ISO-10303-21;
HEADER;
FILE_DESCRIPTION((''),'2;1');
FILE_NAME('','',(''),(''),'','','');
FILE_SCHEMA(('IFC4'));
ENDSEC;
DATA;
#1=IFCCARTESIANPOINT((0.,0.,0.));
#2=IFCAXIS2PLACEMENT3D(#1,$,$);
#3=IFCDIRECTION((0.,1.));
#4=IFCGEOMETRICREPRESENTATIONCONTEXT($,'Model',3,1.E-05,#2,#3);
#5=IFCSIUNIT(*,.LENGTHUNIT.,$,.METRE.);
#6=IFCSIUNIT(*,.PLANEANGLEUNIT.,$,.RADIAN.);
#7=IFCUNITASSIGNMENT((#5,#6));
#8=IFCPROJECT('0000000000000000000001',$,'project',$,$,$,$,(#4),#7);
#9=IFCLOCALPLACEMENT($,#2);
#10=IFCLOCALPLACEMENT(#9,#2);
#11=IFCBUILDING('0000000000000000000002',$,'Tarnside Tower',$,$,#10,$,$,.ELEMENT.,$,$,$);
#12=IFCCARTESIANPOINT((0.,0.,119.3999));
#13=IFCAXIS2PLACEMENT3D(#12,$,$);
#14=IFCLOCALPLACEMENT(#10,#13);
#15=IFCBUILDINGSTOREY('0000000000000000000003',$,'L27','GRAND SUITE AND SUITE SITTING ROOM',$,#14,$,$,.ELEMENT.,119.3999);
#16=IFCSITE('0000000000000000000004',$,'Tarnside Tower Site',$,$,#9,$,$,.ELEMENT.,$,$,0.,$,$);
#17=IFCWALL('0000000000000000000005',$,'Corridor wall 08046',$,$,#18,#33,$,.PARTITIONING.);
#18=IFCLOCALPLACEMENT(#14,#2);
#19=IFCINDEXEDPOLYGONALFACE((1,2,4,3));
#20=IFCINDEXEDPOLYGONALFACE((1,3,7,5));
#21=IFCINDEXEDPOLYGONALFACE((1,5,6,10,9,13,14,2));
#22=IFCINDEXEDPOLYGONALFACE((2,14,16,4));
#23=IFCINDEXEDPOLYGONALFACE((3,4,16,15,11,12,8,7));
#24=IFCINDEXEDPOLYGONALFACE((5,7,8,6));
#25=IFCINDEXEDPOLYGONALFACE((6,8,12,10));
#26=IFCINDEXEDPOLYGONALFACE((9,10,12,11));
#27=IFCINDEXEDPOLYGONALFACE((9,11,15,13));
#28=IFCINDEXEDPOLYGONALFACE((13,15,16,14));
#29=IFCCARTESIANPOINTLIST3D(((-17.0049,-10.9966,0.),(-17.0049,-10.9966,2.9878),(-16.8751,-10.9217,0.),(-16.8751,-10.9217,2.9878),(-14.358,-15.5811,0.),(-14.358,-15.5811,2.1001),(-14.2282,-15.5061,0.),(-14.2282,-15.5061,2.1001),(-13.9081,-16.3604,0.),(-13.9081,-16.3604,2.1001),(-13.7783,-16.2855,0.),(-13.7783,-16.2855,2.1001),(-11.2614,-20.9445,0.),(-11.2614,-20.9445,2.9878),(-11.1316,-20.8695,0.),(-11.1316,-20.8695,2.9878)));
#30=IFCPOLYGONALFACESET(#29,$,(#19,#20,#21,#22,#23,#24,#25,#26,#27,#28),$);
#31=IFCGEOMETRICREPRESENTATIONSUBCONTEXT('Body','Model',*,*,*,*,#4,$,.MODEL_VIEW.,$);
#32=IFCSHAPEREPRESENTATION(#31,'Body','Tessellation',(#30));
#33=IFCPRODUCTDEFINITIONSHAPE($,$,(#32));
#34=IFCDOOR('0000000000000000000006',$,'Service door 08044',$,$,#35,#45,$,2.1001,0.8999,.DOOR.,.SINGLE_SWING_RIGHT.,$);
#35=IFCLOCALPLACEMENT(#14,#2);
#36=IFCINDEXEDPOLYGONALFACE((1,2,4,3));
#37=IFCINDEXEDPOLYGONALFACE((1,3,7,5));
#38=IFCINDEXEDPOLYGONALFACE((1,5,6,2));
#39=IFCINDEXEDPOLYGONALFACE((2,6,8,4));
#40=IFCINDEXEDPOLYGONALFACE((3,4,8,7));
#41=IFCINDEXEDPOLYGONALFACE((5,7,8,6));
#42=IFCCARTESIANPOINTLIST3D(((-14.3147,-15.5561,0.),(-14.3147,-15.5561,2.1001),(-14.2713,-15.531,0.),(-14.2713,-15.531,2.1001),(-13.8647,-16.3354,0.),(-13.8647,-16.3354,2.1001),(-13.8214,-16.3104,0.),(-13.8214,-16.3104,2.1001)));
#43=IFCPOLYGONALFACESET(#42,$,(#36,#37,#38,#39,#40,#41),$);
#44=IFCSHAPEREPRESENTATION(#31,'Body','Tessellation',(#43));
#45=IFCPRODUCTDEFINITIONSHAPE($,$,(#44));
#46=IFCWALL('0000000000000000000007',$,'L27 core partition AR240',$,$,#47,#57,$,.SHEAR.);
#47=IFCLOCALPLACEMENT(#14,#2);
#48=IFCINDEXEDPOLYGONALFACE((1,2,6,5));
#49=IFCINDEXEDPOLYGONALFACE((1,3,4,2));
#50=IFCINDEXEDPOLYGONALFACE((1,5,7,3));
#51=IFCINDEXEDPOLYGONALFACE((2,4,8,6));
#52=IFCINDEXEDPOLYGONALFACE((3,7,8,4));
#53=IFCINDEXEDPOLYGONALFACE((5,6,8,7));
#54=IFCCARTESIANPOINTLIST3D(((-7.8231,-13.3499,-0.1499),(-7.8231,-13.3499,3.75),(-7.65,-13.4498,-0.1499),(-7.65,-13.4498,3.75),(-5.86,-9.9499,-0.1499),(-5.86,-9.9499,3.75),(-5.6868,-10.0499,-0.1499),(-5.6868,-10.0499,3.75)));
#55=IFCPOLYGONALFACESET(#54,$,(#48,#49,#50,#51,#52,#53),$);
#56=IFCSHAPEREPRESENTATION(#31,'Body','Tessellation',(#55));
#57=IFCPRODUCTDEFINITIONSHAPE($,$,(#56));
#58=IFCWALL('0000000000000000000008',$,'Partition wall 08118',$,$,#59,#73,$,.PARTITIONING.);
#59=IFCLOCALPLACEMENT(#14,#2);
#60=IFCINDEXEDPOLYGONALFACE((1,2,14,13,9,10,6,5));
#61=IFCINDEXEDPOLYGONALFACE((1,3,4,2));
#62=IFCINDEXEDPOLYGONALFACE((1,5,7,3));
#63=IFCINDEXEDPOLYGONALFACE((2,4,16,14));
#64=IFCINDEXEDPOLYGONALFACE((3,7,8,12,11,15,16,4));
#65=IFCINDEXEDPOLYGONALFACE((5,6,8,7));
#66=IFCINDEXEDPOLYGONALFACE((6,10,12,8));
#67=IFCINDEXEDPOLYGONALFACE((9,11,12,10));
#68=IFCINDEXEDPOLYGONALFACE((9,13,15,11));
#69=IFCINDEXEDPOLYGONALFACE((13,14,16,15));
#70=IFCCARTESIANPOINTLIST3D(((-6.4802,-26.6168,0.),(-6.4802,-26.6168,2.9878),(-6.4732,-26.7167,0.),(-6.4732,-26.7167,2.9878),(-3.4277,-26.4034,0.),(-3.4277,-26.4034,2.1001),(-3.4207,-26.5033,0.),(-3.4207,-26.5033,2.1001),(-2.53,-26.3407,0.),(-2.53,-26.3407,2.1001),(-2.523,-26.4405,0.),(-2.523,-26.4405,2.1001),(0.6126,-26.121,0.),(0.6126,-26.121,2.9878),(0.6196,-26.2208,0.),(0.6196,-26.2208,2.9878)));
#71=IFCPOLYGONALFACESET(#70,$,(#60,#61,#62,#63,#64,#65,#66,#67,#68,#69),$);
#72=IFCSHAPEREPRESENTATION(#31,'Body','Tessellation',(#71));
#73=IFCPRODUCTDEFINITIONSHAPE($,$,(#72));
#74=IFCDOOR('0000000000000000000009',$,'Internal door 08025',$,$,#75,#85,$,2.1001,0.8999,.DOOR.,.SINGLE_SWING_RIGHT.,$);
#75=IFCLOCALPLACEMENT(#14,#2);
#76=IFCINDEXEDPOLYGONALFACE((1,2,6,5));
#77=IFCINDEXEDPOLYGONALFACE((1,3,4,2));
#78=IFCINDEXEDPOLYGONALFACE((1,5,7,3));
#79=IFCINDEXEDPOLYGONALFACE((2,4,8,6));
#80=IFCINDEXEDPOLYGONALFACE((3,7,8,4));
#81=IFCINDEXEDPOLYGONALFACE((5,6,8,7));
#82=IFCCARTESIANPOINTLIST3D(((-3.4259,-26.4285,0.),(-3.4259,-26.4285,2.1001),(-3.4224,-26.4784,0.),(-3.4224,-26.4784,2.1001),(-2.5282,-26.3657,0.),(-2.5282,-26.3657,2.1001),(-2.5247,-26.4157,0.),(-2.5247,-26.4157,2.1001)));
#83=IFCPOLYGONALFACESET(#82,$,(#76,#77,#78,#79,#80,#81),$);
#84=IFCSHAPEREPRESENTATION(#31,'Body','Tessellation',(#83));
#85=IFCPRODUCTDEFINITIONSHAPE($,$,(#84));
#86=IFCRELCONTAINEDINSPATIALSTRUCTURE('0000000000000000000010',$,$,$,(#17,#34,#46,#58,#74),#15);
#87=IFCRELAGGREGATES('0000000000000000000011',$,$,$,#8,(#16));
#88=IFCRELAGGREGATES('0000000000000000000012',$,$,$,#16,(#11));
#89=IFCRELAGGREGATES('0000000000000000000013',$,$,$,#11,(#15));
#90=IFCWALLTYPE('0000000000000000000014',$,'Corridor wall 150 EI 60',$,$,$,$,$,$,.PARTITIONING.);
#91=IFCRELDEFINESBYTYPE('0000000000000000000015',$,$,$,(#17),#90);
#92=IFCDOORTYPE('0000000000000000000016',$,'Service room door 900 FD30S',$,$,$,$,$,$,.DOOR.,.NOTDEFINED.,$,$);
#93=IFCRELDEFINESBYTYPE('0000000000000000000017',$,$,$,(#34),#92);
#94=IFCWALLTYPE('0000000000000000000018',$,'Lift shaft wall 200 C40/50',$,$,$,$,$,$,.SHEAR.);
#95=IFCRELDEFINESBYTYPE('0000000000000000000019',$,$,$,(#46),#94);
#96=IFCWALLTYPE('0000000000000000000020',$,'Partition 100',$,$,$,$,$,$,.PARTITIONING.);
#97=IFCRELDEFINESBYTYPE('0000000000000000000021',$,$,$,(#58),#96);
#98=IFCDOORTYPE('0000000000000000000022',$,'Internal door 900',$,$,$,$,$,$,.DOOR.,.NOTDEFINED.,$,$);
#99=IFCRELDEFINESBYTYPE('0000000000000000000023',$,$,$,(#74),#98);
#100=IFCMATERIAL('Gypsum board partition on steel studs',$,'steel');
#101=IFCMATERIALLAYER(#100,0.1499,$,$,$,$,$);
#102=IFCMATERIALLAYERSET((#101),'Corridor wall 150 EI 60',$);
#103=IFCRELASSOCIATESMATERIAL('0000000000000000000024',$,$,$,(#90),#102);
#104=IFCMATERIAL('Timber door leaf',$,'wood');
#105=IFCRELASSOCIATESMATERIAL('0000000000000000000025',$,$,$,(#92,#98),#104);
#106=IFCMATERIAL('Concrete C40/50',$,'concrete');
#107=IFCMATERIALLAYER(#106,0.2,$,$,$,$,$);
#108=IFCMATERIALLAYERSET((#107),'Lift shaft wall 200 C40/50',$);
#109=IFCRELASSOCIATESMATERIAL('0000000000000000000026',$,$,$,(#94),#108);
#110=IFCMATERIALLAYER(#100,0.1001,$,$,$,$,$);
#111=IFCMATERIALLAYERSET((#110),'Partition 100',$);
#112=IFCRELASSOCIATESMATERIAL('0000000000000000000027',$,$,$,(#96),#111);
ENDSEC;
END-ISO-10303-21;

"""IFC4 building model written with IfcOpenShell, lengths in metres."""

from ifc_helpers import new_model, si_unit, direction, frame, frame_2d, origin, place, context, subcontext, project, spatial, rectangle, extrude, material, layer, layer_set, type_object, element, fill, save


model = new_model("IFC4")

# Units and contexts
model_context = context("Model", 3, precision=1e-05, world=origin(), true_north=direction((0.0, 1.0)))
body_context = subcontext(model_context, "Body", "Model", "MODEL_VIEW")
ifc_project = project(units=[si_unit("LENGTHUNIT", "METRE"), si_unit("PLANEANGLEUNIT", "RADIAN")], contexts=[model_context])

# Site, building, storey
site_placement = place(None, origin())
site = spatial("IfcSite", under=ifc_project, at=site_placement, Name="Tarnside Tower Site", CompositionType="ELEMENT", RefElevation=0.0)
building_placement = place(site_placement, origin())
building = spatial("IfcBuilding", under=site, at=building_placement, Name="Tarnside Tower", CompositionType="ELEMENT")
storey_placement = place(building_placement, frame((0.0, 0.0, 119.3999)))
storey = spatial("IfcBuildingStorey", under=building, at=storey_placement, Name="L27", Description="GRAND SUITE AND SUITE SITTING ROOM", CompositionType="ELEMENT", Elevation=119.3999)

# Shared definitions
ifc_material_1 = material(Name="Gypsum board partition on steel studs", Category="steel")
ifc_material_2 = material(Name="Timber door leaf", Category="wood")

# Shared definitions
ifc_layer_1 = layer(ifc_material_1, 0.1499)
ifc_layer_set_1 = layer_set([ifc_layer_1], Name="Corridor wall 150 EI 60")
wall_type_1 = type_object("IfcWallType", Name="Corridor wall 150 EI 60", PredefinedType="PARTITIONING", material=ifc_layer_set_1)

# Wall, opening, door
wall_1_placement = place(storey_placement, frame((-11.1965, -20.907, 0.0), z_axis=(0.0, 0.0, 1.0), x_axis=(-0.500005, 0.866023, 0.0)))
wall_1 = element("IfcWall", 1, at=wall_1_placement, inside=storey, type_object=wall_type_1, Name="Corridor wall 08046", PredefinedType="PARTITIONING", context=body_context, shape_type="SweptSolid", body=[
    extrude(rectangle(XDim=11.4868, YDim=0.1499, at=frame_2d((5.7434, 0.0))), origin(), (0.0, 0.0, 1.0), 2.9878),
])
opening_1_placement = place(wall_1_placement, frame((5.2932, 0.0, 0.0)))
opening_1 = element("IfcOpeningElement", 2, at=opening_1_placement, cuts=wall_1, PredefinedType="OPENING", context=body_context, shape_type="SweptSolid", body=[
    extrude(rectangle(XDim=0.8999, YDim=2.1001, at=frame_2d((0.45, 1.05))), frame((0.0, 0.085, 0.0), z_axis=(0.0, -1.0, 0.0), x_axis=(1.0, 0.0, 0.0)), (0.0, 0.0, 1.0), 0.1699),
])
door_type_1 = type_object("IfcDoorType", Name="Service room door 900 FD30S", OperationType="NOTDEFINED", PredefinedType="DOOR", material=ifc_material_2)
door_1_placement = place(opening_1_placement, origin())
door_1 = element("IfcDoor", 3, at=door_1_placement, inside=storey, type_object=door_type_1, Name="Service door 08044", OperationType="SINGLE_SWING_RIGHT", OverallHeight=2.1001, OverallWidth=0.8999, PredefinedType="DOOR", context=body_context, shape_type="SweptSolid", body=[
    extrude(rectangle(XDim=0.8999, YDim=2.1001, at=frame_2d((0.45, 1.05))), frame((0.0, 0.0249, 0.0), z_axis=(0.0, -1.0, 0.0), x_axis=(1.0, 0.0, 0.0)), (0.0, 0.0, 1.0), 0.05),
])
fill(opening_1, door_1)

# Wall
ifc_material_3 = material(Name="Concrete C40/50", Category="concrete")
ifc_layer_2 = layer(ifc_material_3, 0.2)
ifc_layer_set_2 = layer_set([ifc_layer_2], Name="Lift shaft wall 200 C40/50")
wall_type_2 = type_object("IfcWallType", Name="Lift shaft wall 200 C40/50", PredefinedType="SHEAR", material=ifc_layer_set_2)
wall_2_placement = place(storey_placement, frame((-5.7734, -10.0, -0.1499), z_axis=(0.0, 0.0, 1.0), x_axis=(-0.500038, -0.866003, 0.0)))
element("IfcWall", 4, at=wall_2_placement, inside=storey, type_object=wall_type_2, Name="L27 core partition AR240", PredefinedType="SHEAR", context=body_context, shape_type="SweptSolid", body=[
    extrude(rectangle(XDim=3.926, YDim=0.2, at=frame_2d((1.9629, 0.0))), origin(), (0.0, 0.0, 1.0), 3.8999),
])

# Wall, opening, door
ifc_layer_3 = layer(ifc_material_1, 0.1001)
ifc_layer_set_3 = layer_set([ifc_layer_3], Name="Partition 100")
wall_type_3 = type_object("IfcWallType", Name="Partition 100", PredefinedType="PARTITIONING", material=ifc_layer_set_3)
wall_3_placement = place(storey_placement, frame((-6.4768, -26.6667, 0.0), z_axis=(0.0, 0.0, 1.0), x_axis=(0.997565, 0.069739, 0.0)))
wall_3 = element("IfcWall", 5, at=wall_3_placement, inside=storey, type_object=wall_type_3, Name="Partition wall 08118", PredefinedType="PARTITIONING", context=body_context, shape_type="SweptSolid", body=[
    extrude(rectangle(XDim=7.1101, YDim=0.1001, at=frame_2d((3.5552, 0.0))), origin(), (0.0, 0.0, 1.0), 2.9878),
])
opening_2_placement = place(wall_3_placement, frame((3.0601, 0.0, 0.0)))
opening_2 = element("IfcOpeningElement", 6, at=opening_2_placement, cuts=wall_3, PredefinedType="OPENING", context=body_context, shape_type="SweptSolid", body=[
    extrude(rectangle(XDim=0.8999, YDim=2.1001, at=frame_2d((0.45, 1.05))), frame((0.0, 0.0601, 0.0), z_axis=(0.0, -1.0, 0.0), x_axis=(1.0, 0.0, 0.0)), (0.0, 0.0, 1.0), 0.1201),
])
door_type_2 = type_object("IfcDoorType", Name="Internal door 900", OperationType="NOTDEFINED", PredefinedType="DOOR", material=ifc_material_2)
door_2_placement = place(opening_2_placement, origin())
door_2 = element("IfcDoor", 7, at=door_2_placement, inside=storey, type_object=door_type_2, Name="Internal door 08025", OperationType="SINGLE_SWING_RIGHT", OverallHeight=2.1001, OverallWidth=0.8999, PredefinedType="DOOR", context=body_context, shape_type="SweptSolid", body=[
    extrude(rectangle(XDim=0.8999, YDim=2.1001, at=frame_2d((0.45, 1.05))), frame((0.0, 0.0249, 0.0), z_axis=(0.0, -1.0, 0.0), x_axis=(1.0, 0.0, 0.0)), (0.0, 0.0, 1.0), 0.05),
])
fill(opening_2, door_2)

save(model, "model.ifc")
